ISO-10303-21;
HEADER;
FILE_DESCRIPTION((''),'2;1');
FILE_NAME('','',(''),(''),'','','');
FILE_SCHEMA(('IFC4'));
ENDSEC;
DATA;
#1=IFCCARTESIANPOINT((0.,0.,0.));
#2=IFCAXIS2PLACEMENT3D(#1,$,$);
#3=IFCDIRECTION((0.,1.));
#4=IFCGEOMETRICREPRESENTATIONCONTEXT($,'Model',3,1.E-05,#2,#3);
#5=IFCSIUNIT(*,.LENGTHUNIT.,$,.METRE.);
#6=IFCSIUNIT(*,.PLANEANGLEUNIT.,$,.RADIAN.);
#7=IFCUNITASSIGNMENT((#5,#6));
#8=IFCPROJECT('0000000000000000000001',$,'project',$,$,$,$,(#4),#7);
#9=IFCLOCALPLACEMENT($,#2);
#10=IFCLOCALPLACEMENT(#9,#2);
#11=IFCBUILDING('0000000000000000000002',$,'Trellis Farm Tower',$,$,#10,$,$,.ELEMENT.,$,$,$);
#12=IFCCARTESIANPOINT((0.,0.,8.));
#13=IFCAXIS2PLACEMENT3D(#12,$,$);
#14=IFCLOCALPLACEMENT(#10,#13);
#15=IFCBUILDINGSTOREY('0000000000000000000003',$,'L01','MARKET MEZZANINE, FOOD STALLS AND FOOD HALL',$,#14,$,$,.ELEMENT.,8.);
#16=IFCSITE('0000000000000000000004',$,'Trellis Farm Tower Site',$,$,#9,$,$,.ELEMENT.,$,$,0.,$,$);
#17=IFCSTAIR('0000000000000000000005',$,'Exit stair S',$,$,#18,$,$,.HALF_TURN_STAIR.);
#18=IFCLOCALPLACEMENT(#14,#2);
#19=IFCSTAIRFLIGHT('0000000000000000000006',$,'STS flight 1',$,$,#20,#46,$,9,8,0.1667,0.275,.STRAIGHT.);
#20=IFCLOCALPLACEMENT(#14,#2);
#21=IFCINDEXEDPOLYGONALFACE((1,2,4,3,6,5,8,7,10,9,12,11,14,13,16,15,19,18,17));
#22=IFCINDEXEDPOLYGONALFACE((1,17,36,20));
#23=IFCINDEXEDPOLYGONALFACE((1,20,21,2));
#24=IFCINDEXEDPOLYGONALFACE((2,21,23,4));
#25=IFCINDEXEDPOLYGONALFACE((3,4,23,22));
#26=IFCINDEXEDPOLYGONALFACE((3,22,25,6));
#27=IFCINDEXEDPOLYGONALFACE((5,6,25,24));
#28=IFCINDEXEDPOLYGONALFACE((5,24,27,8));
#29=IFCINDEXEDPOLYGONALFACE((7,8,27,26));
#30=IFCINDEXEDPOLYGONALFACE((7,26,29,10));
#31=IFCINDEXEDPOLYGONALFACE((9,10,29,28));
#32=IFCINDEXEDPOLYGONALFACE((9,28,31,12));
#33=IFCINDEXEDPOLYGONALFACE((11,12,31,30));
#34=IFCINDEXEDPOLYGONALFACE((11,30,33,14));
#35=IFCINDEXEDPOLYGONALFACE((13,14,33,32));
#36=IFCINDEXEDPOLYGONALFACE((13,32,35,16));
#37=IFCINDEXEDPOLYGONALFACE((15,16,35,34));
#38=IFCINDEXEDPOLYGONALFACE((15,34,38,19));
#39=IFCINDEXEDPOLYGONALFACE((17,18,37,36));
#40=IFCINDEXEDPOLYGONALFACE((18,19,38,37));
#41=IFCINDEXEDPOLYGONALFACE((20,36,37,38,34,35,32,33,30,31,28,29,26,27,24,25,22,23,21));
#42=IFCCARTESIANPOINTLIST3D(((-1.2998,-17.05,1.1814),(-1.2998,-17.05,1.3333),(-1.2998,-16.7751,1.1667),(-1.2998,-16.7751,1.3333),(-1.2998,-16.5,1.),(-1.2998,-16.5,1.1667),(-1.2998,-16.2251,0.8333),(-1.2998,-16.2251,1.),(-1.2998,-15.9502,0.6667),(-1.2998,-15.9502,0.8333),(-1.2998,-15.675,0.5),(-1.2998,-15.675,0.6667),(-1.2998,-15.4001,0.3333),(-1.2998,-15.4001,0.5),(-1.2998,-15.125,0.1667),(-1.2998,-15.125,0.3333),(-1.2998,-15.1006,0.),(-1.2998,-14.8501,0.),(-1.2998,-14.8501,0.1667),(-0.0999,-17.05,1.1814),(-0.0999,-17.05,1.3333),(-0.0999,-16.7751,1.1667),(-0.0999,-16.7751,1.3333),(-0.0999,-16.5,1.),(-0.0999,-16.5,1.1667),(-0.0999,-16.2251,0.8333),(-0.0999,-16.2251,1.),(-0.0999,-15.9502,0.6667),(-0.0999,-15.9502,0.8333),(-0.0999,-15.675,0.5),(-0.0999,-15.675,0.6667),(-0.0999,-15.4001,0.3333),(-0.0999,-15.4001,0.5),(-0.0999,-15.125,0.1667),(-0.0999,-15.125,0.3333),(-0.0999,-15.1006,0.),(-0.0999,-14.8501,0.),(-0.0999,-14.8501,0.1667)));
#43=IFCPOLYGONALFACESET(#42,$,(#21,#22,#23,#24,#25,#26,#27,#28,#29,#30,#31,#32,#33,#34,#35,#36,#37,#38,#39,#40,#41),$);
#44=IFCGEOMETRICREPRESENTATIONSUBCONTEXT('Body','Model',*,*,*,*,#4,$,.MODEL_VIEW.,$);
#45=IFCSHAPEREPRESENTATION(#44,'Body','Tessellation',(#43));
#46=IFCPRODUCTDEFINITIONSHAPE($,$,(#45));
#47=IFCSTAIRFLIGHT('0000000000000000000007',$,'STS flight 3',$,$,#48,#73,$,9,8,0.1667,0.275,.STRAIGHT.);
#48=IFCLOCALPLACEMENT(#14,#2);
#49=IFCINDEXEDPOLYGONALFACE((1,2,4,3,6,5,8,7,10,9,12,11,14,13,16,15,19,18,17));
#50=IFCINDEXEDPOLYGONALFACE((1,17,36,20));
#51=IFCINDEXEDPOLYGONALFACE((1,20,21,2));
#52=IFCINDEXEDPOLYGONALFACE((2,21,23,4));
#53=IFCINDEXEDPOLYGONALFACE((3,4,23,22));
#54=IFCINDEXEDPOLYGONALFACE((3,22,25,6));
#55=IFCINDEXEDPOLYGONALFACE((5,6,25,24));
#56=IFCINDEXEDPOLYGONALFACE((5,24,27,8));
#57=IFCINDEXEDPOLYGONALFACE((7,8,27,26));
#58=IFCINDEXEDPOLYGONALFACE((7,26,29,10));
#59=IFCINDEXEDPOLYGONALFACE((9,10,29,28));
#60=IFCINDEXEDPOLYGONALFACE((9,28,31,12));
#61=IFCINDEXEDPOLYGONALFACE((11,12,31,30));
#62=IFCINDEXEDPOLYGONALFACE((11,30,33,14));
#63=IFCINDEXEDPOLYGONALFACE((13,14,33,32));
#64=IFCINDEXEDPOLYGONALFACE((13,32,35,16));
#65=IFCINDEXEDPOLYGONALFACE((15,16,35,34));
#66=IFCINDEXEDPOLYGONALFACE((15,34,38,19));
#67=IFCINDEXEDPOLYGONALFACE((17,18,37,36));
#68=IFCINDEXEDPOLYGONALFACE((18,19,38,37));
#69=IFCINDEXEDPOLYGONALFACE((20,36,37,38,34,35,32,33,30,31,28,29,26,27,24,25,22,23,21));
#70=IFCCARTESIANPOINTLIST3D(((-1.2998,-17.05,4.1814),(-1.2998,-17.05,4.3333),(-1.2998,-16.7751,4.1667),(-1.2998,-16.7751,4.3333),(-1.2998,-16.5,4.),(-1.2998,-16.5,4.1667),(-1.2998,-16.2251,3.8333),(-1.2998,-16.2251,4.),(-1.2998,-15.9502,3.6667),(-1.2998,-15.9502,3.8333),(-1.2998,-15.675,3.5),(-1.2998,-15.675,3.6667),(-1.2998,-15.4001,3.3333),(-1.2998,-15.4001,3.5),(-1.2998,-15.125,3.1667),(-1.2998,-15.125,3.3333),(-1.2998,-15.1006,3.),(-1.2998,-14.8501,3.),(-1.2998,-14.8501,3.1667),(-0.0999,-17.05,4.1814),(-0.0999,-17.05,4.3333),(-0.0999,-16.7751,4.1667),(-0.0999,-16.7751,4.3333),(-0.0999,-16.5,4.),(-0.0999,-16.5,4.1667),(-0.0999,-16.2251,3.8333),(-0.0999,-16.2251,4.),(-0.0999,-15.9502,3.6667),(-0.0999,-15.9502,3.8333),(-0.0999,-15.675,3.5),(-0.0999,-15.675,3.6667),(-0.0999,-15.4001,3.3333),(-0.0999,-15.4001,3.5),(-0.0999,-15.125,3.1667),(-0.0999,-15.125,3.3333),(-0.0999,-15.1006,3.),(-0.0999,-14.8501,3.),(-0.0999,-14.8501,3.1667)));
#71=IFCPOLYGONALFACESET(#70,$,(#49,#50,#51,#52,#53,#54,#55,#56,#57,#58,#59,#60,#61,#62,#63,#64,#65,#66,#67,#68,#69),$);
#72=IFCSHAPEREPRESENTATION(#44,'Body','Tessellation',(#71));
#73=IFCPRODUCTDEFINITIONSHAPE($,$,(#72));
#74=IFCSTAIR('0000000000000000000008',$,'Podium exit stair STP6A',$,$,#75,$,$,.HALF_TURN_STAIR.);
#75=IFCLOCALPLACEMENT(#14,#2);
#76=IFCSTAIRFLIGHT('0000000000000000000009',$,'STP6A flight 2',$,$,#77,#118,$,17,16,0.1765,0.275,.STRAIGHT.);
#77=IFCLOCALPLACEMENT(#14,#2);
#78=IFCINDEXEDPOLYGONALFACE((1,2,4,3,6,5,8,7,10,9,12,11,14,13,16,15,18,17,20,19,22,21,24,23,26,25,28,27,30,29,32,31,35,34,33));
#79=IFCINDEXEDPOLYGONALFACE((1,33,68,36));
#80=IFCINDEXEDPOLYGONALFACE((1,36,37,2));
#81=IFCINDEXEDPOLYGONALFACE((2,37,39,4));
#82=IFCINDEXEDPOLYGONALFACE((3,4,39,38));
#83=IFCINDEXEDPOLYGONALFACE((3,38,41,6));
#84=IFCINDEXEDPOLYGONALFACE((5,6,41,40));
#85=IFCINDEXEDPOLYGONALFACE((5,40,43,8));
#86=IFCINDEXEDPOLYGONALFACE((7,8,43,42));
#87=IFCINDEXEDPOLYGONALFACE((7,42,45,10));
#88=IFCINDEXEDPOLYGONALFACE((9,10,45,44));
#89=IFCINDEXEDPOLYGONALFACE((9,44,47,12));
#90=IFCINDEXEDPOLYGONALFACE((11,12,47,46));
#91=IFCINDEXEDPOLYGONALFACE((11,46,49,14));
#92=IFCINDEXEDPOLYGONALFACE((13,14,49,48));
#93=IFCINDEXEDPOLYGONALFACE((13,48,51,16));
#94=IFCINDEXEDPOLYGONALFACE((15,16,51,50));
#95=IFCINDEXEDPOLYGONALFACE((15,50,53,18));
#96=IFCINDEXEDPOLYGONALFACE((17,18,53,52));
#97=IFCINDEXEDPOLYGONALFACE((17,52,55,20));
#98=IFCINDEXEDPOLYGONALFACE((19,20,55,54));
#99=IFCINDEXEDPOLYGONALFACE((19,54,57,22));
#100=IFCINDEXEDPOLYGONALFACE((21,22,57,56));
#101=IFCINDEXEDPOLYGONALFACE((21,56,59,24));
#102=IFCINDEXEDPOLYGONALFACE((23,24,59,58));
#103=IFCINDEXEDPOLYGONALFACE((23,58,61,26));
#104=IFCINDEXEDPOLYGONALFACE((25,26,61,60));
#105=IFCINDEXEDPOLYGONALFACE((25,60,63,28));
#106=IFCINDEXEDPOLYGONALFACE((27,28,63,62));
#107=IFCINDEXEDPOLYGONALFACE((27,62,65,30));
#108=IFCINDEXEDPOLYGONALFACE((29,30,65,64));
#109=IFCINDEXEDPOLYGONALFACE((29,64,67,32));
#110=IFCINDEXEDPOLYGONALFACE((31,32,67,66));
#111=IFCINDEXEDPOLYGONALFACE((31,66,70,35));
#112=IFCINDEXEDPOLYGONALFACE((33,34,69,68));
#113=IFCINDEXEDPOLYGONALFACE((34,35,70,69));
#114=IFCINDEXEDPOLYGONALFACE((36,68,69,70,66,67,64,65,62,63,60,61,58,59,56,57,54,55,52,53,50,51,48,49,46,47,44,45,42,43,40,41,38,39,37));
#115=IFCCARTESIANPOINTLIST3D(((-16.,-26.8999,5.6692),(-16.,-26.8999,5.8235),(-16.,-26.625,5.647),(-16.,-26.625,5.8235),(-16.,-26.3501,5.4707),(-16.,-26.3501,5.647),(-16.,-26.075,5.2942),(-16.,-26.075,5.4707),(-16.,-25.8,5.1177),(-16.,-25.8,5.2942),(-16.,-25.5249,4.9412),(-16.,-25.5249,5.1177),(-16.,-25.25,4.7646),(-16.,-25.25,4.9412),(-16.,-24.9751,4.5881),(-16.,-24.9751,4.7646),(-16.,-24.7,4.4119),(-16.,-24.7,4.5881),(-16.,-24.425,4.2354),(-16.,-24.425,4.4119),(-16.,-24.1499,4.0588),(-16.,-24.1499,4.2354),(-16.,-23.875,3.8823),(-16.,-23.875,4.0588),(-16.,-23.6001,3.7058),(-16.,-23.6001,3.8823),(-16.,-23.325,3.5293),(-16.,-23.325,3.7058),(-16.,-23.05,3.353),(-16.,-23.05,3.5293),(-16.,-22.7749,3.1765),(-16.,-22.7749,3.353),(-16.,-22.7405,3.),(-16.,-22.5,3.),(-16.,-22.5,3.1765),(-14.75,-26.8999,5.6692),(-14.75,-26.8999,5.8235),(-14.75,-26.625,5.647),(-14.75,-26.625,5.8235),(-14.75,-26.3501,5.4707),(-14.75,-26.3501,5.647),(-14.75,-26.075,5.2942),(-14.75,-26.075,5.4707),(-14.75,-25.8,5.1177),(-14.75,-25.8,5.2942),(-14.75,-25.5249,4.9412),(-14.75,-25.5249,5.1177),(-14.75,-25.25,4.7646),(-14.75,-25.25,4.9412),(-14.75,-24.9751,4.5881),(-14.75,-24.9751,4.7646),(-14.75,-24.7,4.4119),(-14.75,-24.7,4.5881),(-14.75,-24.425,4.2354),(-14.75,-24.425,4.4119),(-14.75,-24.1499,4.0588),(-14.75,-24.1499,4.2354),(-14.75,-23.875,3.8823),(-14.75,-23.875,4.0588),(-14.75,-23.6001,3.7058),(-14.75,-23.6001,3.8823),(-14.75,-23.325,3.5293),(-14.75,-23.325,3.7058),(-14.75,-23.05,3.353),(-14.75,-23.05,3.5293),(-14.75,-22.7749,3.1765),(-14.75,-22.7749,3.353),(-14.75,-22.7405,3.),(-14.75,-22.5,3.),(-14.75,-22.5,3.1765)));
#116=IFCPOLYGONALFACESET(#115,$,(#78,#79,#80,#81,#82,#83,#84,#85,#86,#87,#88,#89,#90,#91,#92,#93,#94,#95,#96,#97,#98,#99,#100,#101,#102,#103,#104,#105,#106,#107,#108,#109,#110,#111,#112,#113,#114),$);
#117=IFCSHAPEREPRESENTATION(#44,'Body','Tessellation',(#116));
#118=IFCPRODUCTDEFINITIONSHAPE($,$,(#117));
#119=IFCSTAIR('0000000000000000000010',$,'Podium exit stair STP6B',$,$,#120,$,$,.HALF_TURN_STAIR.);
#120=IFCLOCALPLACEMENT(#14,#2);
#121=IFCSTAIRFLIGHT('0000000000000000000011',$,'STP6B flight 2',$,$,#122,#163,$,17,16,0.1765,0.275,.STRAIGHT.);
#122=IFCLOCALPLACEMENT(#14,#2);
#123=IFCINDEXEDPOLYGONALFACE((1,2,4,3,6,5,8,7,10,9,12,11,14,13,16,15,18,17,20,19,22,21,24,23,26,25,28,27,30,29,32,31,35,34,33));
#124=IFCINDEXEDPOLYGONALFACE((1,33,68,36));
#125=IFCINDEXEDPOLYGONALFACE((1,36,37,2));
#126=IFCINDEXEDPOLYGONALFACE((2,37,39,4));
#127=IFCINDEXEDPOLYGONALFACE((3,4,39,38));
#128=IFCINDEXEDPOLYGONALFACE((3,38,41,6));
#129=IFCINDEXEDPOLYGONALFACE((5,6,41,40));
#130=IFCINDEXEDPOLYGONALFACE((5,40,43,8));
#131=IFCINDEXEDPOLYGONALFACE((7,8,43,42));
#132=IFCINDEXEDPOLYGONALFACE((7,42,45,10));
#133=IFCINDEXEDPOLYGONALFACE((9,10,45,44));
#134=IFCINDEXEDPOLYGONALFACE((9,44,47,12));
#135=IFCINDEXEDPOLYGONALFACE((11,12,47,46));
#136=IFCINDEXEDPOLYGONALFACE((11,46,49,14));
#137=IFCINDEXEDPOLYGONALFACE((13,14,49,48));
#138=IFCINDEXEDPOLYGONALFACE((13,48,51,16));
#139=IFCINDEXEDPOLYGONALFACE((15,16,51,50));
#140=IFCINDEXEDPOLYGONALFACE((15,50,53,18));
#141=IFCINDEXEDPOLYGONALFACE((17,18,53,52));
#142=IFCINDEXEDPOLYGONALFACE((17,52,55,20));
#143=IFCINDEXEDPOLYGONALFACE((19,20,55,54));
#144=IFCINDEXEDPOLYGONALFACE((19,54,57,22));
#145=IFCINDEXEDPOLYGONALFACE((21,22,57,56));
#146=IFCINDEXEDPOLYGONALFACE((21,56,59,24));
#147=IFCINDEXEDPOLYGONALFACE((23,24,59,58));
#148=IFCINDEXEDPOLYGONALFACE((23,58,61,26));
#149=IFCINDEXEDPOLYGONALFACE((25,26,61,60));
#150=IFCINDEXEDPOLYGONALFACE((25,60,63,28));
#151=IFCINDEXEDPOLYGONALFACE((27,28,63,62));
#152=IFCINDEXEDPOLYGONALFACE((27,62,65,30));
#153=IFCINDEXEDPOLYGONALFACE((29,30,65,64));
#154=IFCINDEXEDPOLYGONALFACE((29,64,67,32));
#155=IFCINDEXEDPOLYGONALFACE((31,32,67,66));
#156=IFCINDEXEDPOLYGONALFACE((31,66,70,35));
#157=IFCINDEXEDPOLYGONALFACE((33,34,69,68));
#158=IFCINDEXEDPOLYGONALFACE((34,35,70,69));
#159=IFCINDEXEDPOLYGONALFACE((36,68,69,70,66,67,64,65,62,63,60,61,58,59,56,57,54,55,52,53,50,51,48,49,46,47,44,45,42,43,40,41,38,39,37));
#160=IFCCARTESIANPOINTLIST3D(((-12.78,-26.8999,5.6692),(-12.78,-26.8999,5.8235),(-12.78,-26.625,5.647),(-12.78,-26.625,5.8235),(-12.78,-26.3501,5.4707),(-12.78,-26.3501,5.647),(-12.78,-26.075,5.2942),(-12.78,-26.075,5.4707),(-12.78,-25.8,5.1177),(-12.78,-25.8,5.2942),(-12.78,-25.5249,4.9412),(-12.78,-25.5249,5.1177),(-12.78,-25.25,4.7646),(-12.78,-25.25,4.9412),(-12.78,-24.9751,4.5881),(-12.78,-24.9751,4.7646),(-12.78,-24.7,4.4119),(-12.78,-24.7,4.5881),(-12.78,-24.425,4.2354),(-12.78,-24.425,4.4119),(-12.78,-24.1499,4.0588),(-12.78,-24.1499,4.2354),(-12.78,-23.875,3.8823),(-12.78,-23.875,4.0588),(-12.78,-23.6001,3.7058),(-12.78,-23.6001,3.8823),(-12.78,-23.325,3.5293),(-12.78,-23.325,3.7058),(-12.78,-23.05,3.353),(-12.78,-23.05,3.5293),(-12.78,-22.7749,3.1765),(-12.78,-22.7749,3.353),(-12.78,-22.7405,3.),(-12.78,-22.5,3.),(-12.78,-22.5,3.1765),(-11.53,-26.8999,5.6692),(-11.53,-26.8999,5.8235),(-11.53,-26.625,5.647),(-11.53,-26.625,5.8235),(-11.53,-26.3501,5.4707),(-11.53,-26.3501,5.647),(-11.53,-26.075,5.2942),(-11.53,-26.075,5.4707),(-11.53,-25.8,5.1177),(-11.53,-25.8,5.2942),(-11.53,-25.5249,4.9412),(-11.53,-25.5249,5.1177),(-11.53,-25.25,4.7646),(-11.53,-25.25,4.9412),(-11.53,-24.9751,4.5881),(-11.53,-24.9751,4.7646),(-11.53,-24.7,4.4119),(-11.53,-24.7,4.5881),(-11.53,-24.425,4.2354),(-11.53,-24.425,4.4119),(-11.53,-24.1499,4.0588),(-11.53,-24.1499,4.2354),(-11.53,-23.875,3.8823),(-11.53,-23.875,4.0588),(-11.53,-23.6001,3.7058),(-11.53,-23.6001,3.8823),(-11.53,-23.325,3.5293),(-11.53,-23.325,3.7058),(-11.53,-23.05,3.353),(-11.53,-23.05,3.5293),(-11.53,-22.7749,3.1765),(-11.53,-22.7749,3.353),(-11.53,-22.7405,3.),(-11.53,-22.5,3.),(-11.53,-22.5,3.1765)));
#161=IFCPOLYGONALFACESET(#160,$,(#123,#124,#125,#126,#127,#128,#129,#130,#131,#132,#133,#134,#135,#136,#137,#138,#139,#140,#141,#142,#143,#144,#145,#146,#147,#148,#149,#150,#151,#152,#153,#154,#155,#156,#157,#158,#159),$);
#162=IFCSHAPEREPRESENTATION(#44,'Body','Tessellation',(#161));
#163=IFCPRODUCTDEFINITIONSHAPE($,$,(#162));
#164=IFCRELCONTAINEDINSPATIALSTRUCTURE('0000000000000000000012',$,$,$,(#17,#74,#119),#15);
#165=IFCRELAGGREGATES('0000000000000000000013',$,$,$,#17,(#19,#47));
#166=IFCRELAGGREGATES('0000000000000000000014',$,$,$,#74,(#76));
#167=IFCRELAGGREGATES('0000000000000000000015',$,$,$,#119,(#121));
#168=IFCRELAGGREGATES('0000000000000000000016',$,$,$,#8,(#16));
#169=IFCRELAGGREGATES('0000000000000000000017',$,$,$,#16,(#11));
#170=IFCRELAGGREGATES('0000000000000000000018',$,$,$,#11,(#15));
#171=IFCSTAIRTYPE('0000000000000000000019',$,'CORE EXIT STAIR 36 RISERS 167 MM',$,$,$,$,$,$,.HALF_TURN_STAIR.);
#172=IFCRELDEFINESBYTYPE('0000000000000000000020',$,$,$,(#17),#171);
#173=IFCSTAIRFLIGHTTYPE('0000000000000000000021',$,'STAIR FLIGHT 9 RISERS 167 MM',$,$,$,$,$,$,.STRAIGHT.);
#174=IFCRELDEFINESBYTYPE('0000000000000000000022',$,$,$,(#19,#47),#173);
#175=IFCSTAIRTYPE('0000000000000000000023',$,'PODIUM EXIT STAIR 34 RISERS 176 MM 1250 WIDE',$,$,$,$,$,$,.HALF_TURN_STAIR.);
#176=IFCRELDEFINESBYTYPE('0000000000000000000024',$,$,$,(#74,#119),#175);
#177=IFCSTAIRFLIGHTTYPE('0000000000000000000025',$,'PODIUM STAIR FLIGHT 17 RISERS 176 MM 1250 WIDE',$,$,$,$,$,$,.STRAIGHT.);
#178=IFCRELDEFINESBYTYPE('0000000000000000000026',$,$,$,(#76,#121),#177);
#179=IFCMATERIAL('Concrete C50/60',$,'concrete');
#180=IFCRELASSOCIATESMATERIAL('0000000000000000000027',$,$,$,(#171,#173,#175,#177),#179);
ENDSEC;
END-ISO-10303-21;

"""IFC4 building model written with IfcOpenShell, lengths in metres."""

from ifc_helpers import new_model, si_unit, direction, frame, origin, place, context, subcontext, project, spatial, polyline, outline, extrude, source, transform, mapped, material, type_object, element, aggregate, save


model = new_model("IFC4")

# Units and contexts
model_context = context("Model", 3, precision=1e-05, world=origin(), true_north=direction((0.0, 1.0)))
body_context = subcontext(model_context, "Body", "Model", "MODEL_VIEW")
ifc_project = project(units=[si_unit("LENGTHUNIT", "METRE"), si_unit("PLANEANGLEUNIT", "RADIAN")], contexts=[model_context])

# Site, building, storey
site_placement = place(None, origin())
site = spatial("IfcSite", under=ifc_project, at=site_placement, Name="Trellis Farm Tower Site", CompositionType="ELEMENT", RefElevation=0.0)
building_placement = place(site_placement, origin())
building = spatial("IfcBuilding", under=site, at=building_placement, Name="Trellis Farm Tower", CompositionType="ELEMENT")
storey_placement = place(building_placement, frame((0.0, 0.0, 8.0)))
storey = spatial("IfcBuildingStorey", under=building, at=storey_placement, Name="L01", Description="MARKET MEZZANINE, FOOD STALLS AND FOOD HALL", CompositionType="ELEMENT", Elevation=8.0)

# Stair, stair flights
ifc_material_1 = material(Name="Concrete C50/60", Category="concrete")
stair_type_1 = type_object("IfcStairType", Name="CORE EXIT STAIR 36 RISERS 167 MM", PredefinedType="HALF_TURN_STAIR", material=ifc_material_1)
placement = place(storey_placement, origin())
stair_1 = element("IfcStair", 1, at=placement, inside=storey, type_object=stair_type_1, Name="Exit stair S", PredefinedType="HALF_TURN_STAIR")
stair_flight_type_1 = type_object("IfcStairFlightType", Name="STAIR FLIGHT 9 RISERS 167 MM", PredefinedType="STRAIGHT", material=ifc_material_1)
shared_shape_1 = source(origin(), body_context, "Body", "SweptSolid", [
    extrude(outline(polyline([(0.0, 0.0), (0.0, 0.1667), (0.2749, 0.1667), (0.2749, 0.3333), (0.55, 0.3333), (0.55, 0.5), (0.825, 0.5), (0.825, 0.6667), (1.1001, 0.6667), (1.1001, 0.8333), (1.375, 0.8333), (1.375, 1.0), (1.6499, 1.0), (1.6499, 1.1667), (1.925, 1.1667), (1.925, 1.3333), (2.2, 1.3333), (2.2, 1.5), (2.2, 1.1814), (0.2505, 0.0), (0.0, 0.0)])), frame((0.0, 0.6001, 0.0), z_axis=(0.0, -1.0, 0.0), x_axis=(1.0, 0.0, 0.0)), (0.0, 0.0, 1.0), 1.2),
])
stair_flight_1_placement = place(storey_placement, frame((-0.7, -14.8501, 0.0), z_axis=(0.0, 0.0, 1.0), x_axis=(0.0, -1.0, 0.0)))
stair_flight_1 = element("IfcStairFlight", 2, at=stair_flight_1_placement, type_object=stair_flight_type_1, Name="STS flight 1", NumberOfRisers=9, NumberOfTreads=8, PredefinedType="STRAIGHT", RiserHeight=0.1667, TreadLength=0.275, context=body_context, shape_type="MappedRepresentation", body=[
    mapped(shared_shape_1, transform((0.0, 0.0, 0.0))),
])
stair_flight_2_placement = place(storey_placement, frame((-0.7, -14.8501, 3.0), z_axis=(0.0, 0.0, 1.0), x_axis=(0.0, -1.0, 0.0)))
stair_flight_2 = element("IfcStairFlight", 3, at=stair_flight_2_placement, type_object=stair_flight_type_1, Name="STS flight 3", NumberOfRisers=9, NumberOfTreads=8, PredefinedType="STRAIGHT", RiserHeight=0.1667, TreadLength=0.275, context=body_context, shape_type="MappedRepresentation", body=[
    mapped(shared_shape_1, transform((0.0, 0.0, 0.0))),
])
aggregate(stair_1, [stair_flight_1, stair_flight_2])

# Stairs, stair flights
stair_type_2 = type_object("IfcStairType", Name="PODIUM EXIT STAIR 34 RISERS 176 MM 1250 WIDE", PredefinedType="HALF_TURN_STAIR", material=ifc_material_1)
stair_2 = element("IfcStair", 4, at=placement, inside=storey, type_object=stair_type_2, Name="Podium exit stair STP6A", PredefinedType="HALF_TURN_STAIR")
stair_flight_type_2 = type_object("IfcStairFlightType", Name="PODIUM STAIR FLIGHT 17 RISERS 176 MM 1250 WIDE", PredefinedType="STRAIGHT", material=ifc_material_1)
shared_shape_2 = source(origin(), body_context, "Body", "SweptSolid", [
    extrude(outline(polyline([(0.0, 0.0), (0.0, 0.1765), (0.2749, 0.1765), (0.2749, 0.353), (0.55, 0.353), (0.55, 0.5293), (0.825, 0.5293), (0.825, 0.7058), (1.1001, 0.7058), (1.1001, 0.8823), (1.375, 0.8823), (1.375, 1.0588), (1.6499, 1.0588), (1.6499, 1.2354), (1.925, 1.2354), (1.925, 1.4119), (2.2, 1.4119), (2.2, 1.5881), (2.4751, 1.5881), (2.4751, 1.7646), (2.75, 1.7646), (2.75, 1.9412), (3.0249, 1.9412), (3.0249, 2.1177), (3.3, 2.1177), (3.3, 2.2942), (3.575, 2.2942), (3.575, 2.4707), (3.8501, 2.4707), (3.8501, 2.647), (4.125, 2.647), (4.125, 2.8235), (4.3999, 2.8235), (4.3999, 3.0), (4.3999, 2.6692), (0.2405, 0.0), (0.0, 0.0)])), frame((0.0, 0.625, 0.0), z_axis=(0.0, -1.0, 0.0), x_axis=(1.0, 0.0, 0.0)), (0.0, 0.0, 1.0), 1.25),
])
stair_flight_3_placement = place(storey_placement, frame((-15.375, -22.5, 3.0), z_axis=(0.0, 0.0, 1.0), x_axis=(0.0, -1.0, 0.0)))
stair_flight_3 = element("IfcStairFlight", 5, at=stair_flight_3_placement, type_object=stair_flight_type_2, Name="STP6A flight 2", NumberOfRisers=17, NumberOfTreads=16, PredefinedType="STRAIGHT", RiserHeight=0.1765, TreadLength=0.275, context=body_context, shape_type="MappedRepresentation", body=[
    mapped(shared_shape_2, transform((0.0, 0.0, 0.0))),
])
aggregate(stair_2, [stair_flight_3])
stair_3 = element("IfcStair", 6, at=placement, inside=storey, type_object=stair_type_2, Name="Podium exit stair STP6B", PredefinedType="HALF_TURN_STAIR")
stair_flight_4_placement = place(storey_placement, frame((-12.155, -22.5, 3.0), z_axis=(0.0, 0.0, 1.0), x_axis=(0.0, -1.0, 0.0)))
stair_flight_4 = element("IfcStairFlight", 7, at=stair_flight_4_placement, type_object=stair_flight_type_2, Name="STP6B flight 2", NumberOfRisers=17, NumberOfTreads=16, PredefinedType="STRAIGHT", RiserHeight=0.1765, TreadLength=0.275, context=body_context, shape_type="MappedRepresentation", body=[
    mapped(shared_shape_2, transform((0.0, 0.0, 0.0))),
])
aggregate(stair_3, [stair_flight_4])

save(model, "model.ifc")
